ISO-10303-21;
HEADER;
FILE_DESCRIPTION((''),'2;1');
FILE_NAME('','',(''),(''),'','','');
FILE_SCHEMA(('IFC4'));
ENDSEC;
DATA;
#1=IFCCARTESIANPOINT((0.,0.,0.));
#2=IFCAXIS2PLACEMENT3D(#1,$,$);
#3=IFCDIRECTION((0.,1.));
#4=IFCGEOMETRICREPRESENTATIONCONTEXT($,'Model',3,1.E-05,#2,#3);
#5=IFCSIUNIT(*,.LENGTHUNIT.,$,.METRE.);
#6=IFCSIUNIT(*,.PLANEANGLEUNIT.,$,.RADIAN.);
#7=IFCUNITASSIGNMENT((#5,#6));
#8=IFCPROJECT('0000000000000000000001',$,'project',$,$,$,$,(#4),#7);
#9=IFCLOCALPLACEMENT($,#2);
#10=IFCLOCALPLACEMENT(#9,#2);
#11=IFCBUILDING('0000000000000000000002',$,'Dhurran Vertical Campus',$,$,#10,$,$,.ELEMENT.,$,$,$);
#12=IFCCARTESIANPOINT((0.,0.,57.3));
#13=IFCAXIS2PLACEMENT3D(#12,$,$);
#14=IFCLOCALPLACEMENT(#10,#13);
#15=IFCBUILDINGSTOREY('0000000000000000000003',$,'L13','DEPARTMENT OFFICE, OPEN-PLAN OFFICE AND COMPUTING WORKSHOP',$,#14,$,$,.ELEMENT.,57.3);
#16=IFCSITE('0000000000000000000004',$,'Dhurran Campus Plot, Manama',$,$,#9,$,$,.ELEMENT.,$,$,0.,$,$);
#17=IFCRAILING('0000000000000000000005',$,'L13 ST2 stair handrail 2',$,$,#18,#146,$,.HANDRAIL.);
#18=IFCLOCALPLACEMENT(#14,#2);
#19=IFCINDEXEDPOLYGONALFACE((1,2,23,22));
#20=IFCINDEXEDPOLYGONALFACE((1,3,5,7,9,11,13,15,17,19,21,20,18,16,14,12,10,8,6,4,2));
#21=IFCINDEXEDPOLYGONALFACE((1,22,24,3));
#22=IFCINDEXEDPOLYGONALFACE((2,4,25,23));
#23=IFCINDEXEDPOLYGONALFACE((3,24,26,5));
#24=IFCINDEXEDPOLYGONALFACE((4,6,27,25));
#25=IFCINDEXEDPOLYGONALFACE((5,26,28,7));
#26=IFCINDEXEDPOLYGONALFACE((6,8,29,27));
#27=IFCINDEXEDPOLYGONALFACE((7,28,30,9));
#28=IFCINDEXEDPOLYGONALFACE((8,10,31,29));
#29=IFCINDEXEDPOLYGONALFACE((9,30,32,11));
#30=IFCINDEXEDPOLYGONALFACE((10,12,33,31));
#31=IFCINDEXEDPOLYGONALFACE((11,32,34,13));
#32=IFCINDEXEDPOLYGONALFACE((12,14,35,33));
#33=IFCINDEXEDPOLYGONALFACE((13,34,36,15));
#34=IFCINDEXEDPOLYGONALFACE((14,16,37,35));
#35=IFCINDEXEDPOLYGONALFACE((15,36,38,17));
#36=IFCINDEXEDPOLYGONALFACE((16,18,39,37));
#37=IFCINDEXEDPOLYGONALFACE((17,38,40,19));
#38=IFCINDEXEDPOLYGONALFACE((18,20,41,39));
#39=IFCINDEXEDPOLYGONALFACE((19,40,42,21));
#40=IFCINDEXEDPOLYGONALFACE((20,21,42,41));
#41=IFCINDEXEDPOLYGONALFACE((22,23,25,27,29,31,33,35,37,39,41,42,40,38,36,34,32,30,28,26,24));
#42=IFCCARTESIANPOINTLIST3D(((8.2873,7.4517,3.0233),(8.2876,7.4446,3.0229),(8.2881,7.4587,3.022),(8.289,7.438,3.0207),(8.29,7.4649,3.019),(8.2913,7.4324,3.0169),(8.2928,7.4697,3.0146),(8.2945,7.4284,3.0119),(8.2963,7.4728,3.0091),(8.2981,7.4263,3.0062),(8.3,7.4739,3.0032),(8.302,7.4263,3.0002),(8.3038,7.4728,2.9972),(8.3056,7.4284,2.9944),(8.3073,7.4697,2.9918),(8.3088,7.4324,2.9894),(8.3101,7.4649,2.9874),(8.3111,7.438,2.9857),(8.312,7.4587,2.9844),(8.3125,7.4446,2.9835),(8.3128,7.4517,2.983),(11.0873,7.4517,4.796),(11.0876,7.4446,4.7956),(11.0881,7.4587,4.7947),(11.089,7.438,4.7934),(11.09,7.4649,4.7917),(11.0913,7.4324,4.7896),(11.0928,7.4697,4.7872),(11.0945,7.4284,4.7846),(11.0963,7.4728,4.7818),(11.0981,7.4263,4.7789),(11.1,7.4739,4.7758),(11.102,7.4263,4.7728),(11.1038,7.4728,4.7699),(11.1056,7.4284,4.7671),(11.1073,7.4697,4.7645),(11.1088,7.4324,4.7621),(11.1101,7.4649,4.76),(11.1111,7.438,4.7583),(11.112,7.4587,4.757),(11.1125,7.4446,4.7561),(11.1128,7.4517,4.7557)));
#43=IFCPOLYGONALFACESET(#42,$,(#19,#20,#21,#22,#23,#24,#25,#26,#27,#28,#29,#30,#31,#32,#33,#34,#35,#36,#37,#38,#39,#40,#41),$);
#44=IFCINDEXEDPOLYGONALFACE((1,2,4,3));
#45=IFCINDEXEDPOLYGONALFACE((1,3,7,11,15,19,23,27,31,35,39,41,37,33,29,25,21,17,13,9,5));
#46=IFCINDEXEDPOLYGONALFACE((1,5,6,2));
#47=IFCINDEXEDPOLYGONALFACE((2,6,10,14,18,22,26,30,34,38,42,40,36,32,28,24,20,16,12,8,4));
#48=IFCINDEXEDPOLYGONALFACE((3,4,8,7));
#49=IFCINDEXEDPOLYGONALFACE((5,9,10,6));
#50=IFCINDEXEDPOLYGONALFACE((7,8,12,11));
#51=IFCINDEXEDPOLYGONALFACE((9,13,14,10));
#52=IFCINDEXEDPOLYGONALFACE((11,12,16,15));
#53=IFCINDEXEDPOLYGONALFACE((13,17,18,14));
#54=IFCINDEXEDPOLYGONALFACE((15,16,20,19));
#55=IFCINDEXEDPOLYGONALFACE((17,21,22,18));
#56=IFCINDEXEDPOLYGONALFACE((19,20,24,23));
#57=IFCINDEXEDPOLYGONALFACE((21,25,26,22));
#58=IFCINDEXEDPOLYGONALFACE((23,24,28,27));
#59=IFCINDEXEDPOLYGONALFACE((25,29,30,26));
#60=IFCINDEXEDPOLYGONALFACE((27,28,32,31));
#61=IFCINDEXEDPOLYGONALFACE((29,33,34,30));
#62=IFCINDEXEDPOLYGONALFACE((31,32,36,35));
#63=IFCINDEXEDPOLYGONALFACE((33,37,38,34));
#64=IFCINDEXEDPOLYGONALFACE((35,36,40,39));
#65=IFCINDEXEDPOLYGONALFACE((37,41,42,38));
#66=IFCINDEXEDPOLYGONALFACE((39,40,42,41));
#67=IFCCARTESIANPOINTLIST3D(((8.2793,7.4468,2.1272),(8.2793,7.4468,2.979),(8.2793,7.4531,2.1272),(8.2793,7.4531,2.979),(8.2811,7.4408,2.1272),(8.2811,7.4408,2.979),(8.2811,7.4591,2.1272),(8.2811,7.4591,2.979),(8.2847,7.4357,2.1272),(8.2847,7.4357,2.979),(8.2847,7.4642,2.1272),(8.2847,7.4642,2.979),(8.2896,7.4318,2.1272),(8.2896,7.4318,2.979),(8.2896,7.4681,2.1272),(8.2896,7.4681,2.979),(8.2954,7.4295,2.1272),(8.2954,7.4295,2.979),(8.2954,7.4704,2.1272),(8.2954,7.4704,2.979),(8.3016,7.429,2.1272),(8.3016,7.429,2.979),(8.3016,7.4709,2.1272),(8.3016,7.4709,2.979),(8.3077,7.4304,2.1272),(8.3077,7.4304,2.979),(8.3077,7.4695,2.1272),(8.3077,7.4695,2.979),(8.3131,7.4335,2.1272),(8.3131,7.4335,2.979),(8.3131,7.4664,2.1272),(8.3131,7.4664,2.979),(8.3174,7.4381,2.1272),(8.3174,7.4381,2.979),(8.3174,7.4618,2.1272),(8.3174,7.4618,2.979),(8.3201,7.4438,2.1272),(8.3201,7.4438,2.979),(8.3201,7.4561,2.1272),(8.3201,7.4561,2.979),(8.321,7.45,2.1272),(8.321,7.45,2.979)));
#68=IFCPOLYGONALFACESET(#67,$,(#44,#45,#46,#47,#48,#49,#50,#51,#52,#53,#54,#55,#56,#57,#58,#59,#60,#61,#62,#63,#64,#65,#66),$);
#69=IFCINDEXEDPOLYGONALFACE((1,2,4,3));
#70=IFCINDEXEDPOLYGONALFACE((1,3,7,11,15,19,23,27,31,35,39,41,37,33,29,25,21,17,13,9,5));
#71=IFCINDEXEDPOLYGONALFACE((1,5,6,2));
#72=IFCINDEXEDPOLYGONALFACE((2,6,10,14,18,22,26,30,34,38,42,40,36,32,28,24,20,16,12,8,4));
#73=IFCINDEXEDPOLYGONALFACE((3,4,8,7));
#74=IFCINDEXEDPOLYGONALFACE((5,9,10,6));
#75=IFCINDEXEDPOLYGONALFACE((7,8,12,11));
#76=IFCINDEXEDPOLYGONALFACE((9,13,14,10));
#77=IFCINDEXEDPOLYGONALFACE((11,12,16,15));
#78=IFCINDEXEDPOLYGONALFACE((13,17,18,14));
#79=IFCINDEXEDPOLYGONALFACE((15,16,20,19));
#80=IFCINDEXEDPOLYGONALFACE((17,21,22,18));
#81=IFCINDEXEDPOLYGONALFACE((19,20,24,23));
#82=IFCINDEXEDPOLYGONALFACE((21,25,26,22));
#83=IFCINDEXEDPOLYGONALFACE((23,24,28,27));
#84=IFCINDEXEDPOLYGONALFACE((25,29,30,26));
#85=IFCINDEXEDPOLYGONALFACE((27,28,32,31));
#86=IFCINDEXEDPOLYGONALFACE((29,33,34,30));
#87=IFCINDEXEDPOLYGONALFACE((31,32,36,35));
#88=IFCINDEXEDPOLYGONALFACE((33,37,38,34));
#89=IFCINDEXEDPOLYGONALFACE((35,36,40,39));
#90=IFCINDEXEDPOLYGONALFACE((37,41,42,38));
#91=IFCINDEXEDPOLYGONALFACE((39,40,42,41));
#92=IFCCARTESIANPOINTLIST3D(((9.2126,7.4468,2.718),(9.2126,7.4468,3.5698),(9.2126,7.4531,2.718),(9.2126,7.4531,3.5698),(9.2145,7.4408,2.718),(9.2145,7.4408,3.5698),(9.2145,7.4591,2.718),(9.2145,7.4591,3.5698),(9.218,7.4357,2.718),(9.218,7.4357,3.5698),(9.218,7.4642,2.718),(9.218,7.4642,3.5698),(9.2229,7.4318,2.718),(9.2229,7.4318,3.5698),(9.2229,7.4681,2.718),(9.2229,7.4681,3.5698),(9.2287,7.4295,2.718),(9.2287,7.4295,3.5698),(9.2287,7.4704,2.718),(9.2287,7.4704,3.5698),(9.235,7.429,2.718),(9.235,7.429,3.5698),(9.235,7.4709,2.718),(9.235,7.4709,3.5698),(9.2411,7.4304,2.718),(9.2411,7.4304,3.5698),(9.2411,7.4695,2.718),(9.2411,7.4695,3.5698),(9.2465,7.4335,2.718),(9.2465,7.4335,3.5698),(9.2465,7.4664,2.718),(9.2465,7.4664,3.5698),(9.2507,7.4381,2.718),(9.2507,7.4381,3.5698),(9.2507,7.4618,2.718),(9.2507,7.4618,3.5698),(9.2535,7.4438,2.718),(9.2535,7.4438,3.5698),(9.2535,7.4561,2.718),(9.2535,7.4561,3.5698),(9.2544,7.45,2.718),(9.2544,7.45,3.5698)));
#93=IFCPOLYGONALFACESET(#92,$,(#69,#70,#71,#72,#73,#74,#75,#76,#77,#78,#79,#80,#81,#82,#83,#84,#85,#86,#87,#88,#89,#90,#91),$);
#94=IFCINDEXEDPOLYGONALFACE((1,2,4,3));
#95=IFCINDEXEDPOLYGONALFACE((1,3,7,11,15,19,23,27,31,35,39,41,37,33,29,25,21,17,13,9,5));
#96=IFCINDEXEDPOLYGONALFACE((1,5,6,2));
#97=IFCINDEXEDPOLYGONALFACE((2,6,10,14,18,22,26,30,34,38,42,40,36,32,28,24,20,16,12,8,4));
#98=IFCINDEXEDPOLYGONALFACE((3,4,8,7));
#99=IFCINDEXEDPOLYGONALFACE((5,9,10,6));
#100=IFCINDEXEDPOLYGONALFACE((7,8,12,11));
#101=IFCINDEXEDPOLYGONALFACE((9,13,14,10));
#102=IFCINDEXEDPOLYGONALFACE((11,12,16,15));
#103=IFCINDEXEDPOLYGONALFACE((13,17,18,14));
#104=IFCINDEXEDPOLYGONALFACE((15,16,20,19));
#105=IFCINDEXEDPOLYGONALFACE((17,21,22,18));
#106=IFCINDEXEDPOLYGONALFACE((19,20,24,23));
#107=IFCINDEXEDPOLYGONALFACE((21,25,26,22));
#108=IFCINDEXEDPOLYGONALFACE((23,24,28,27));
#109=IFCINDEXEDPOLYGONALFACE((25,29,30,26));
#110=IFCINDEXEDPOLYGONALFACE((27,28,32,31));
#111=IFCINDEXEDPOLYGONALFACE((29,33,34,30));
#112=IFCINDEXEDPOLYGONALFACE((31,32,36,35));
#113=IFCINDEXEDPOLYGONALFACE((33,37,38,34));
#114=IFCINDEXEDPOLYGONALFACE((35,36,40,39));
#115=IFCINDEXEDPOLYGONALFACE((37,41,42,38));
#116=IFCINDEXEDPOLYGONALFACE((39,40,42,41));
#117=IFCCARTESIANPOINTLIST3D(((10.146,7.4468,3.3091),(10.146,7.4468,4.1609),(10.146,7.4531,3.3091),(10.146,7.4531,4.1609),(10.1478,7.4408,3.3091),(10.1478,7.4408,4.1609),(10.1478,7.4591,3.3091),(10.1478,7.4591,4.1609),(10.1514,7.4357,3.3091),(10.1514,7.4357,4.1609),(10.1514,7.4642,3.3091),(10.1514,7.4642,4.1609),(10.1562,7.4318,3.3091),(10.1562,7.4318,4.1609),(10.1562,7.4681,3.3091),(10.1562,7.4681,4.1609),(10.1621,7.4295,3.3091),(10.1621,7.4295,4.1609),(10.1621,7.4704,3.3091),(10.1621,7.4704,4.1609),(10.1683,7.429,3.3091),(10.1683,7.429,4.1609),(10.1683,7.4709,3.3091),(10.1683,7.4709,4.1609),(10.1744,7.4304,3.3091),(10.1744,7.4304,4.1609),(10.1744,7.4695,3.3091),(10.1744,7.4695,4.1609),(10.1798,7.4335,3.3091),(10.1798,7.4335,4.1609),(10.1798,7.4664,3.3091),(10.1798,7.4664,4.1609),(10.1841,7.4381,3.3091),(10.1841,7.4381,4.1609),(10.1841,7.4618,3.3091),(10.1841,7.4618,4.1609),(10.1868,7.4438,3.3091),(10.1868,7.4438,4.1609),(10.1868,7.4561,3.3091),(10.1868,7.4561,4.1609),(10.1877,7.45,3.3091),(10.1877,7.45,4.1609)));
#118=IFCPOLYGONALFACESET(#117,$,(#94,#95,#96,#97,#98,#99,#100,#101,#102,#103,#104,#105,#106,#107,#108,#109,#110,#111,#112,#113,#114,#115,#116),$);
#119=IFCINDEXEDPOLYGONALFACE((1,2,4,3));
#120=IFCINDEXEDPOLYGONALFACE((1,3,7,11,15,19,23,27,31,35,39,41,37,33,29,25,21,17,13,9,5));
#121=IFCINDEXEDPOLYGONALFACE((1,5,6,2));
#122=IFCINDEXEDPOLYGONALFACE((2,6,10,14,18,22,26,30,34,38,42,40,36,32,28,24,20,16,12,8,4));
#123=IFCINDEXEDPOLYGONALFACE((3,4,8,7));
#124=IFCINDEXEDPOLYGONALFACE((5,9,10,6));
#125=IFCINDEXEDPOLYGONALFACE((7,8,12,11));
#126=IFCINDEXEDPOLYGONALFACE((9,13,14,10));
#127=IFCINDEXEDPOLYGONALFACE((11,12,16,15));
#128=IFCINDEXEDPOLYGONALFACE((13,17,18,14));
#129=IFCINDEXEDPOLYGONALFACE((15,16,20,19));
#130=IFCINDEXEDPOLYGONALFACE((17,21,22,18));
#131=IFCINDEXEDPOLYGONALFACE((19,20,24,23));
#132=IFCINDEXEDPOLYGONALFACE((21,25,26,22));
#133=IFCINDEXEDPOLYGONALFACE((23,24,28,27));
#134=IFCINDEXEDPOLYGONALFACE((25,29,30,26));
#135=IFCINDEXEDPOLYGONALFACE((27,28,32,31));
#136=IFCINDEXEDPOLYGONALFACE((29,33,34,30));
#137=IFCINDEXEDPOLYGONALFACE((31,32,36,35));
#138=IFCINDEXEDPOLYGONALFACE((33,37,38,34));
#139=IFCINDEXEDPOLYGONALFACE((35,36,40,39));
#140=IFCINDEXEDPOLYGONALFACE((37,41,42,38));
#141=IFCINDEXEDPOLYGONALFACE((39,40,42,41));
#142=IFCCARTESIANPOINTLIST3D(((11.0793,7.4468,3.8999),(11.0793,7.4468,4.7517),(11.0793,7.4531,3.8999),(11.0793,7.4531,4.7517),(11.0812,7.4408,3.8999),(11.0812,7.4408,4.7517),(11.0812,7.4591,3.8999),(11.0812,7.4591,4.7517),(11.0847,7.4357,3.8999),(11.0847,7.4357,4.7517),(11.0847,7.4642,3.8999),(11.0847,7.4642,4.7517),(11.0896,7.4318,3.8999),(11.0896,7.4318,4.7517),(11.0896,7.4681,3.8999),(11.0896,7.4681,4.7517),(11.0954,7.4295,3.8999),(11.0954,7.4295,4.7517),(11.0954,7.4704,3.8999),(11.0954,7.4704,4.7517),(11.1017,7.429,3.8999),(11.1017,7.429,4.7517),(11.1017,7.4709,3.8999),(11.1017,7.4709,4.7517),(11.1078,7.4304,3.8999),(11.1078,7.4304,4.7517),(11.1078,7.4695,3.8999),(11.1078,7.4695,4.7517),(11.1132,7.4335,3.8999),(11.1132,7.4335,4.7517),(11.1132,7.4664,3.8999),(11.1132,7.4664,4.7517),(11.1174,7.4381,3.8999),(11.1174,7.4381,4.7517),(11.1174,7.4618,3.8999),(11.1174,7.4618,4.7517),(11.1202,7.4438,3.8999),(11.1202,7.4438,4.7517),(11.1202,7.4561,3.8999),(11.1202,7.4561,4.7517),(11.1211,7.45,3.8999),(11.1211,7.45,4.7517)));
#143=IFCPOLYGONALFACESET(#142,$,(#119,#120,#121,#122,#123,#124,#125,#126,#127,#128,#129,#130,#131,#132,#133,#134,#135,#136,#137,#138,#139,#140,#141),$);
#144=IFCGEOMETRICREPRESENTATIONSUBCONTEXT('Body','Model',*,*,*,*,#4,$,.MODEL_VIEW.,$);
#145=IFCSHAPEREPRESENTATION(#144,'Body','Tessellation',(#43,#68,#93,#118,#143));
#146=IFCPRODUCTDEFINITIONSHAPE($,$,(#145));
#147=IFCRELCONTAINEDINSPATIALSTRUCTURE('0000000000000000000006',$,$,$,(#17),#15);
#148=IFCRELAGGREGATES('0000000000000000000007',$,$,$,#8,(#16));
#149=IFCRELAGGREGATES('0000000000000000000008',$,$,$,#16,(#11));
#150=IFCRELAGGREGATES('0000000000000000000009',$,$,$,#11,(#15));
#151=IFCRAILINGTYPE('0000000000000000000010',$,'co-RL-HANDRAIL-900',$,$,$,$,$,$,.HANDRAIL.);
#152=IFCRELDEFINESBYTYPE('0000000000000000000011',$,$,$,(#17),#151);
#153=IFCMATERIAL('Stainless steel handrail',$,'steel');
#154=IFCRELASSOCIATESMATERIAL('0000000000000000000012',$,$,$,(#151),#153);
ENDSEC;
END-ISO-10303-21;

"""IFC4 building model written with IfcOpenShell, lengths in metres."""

from ifc_helpers import new_model, si_unit, direction, frame, origin, origin_2d, place, context, subcontext, project, spatial, circle, extrude, material, type_object, element, save


model = new_model("IFC4")

# Units and contexts
model_context = context("Model", 3, precision=1e-05, world=origin(), true_north=direction((0.0, 1.0)))
body_context = subcontext(model_context, "Body", "Model", "MODEL_VIEW")
ifc_project = project(units=[si_unit("LENGTHUNIT", "METRE"), si_unit("PLANEANGLEUNIT", "RADIAN")], contexts=[model_context])

# Site, building, storey
site_placement = place(None, origin())
site = spatial("IfcSite", under=ifc_project, at=site_placement, Name="Dhurran Campus Plot, Manama", CompositionType="ELEMENT", RefElevation=0.0)
building_placement = place(site_placement, origin())
building = spatial("IfcBuilding", under=site, at=building_placement, Name="Dhurran Vertical Campus", CompositionType="ELEMENT")
storey_placement = place(building_placement, frame((0.0, 0.0, 57.3)))
storey = spatial("IfcBuildingStorey", under=building, at=storey_placement, Name="L13", Description="DEPARTMENT OFFICE, OPEN-PLAN OFFICE AND COMPUTING WORKSHOP", CompositionType="ELEMENT", Elevation=57.3)

# Railing
ifc_material_1 = material(Name="Stainless steel handrail", Category="steel")
railing_type_1 = type_object("IfcRailingType", Name="co-RL-HANDRAIL-900", PredefinedType="HANDRAIL", material=ifc_material_1)
railing_1_placement = place(storey_placement, frame((8.3, 7.45, 2.1272)))
element("IfcRailing", 1, at=railing_1_placement, inside=storey, type_object=railing_type_1, Name="L13 ST2 stair handrail 2", PredefinedType="HANDRAIL", context=body_context, shape_type="SweptSolid", body=[
    extrude(circle(Radius=0.0239, at=origin_2d()), frame((0.0, 0.0, 0.876), z_axis=(0.844909, 0.0, 0.53491), x_axis=(0.0, 1.0, 0.0)), (0.0, 0.0, 1.0), 3.314),
    extrude(circle(Radius=0.021, at=origin_2d()), origin(), (0.0, 0.0, 1.0), 0.8518),
    extrude(circle(Radius=0.021, at=origin_2d()), frame((0.9333, 0.0, 0.5908)), (0.0, 0.0, 1.0), 0.8518),
    extrude(circle(Radius=0.021, at=origin_2d()), frame((1.8667, 0.0, 1.1819)), (0.0, 0.0, 1.0), 0.8518),
    extrude(circle(Radius=0.021, at=origin_2d()), frame((2.8, 0.0, 1.7727)), (0.0, 0.0, 1.0), 0.8518),
])

save(model, "model.ifc")
